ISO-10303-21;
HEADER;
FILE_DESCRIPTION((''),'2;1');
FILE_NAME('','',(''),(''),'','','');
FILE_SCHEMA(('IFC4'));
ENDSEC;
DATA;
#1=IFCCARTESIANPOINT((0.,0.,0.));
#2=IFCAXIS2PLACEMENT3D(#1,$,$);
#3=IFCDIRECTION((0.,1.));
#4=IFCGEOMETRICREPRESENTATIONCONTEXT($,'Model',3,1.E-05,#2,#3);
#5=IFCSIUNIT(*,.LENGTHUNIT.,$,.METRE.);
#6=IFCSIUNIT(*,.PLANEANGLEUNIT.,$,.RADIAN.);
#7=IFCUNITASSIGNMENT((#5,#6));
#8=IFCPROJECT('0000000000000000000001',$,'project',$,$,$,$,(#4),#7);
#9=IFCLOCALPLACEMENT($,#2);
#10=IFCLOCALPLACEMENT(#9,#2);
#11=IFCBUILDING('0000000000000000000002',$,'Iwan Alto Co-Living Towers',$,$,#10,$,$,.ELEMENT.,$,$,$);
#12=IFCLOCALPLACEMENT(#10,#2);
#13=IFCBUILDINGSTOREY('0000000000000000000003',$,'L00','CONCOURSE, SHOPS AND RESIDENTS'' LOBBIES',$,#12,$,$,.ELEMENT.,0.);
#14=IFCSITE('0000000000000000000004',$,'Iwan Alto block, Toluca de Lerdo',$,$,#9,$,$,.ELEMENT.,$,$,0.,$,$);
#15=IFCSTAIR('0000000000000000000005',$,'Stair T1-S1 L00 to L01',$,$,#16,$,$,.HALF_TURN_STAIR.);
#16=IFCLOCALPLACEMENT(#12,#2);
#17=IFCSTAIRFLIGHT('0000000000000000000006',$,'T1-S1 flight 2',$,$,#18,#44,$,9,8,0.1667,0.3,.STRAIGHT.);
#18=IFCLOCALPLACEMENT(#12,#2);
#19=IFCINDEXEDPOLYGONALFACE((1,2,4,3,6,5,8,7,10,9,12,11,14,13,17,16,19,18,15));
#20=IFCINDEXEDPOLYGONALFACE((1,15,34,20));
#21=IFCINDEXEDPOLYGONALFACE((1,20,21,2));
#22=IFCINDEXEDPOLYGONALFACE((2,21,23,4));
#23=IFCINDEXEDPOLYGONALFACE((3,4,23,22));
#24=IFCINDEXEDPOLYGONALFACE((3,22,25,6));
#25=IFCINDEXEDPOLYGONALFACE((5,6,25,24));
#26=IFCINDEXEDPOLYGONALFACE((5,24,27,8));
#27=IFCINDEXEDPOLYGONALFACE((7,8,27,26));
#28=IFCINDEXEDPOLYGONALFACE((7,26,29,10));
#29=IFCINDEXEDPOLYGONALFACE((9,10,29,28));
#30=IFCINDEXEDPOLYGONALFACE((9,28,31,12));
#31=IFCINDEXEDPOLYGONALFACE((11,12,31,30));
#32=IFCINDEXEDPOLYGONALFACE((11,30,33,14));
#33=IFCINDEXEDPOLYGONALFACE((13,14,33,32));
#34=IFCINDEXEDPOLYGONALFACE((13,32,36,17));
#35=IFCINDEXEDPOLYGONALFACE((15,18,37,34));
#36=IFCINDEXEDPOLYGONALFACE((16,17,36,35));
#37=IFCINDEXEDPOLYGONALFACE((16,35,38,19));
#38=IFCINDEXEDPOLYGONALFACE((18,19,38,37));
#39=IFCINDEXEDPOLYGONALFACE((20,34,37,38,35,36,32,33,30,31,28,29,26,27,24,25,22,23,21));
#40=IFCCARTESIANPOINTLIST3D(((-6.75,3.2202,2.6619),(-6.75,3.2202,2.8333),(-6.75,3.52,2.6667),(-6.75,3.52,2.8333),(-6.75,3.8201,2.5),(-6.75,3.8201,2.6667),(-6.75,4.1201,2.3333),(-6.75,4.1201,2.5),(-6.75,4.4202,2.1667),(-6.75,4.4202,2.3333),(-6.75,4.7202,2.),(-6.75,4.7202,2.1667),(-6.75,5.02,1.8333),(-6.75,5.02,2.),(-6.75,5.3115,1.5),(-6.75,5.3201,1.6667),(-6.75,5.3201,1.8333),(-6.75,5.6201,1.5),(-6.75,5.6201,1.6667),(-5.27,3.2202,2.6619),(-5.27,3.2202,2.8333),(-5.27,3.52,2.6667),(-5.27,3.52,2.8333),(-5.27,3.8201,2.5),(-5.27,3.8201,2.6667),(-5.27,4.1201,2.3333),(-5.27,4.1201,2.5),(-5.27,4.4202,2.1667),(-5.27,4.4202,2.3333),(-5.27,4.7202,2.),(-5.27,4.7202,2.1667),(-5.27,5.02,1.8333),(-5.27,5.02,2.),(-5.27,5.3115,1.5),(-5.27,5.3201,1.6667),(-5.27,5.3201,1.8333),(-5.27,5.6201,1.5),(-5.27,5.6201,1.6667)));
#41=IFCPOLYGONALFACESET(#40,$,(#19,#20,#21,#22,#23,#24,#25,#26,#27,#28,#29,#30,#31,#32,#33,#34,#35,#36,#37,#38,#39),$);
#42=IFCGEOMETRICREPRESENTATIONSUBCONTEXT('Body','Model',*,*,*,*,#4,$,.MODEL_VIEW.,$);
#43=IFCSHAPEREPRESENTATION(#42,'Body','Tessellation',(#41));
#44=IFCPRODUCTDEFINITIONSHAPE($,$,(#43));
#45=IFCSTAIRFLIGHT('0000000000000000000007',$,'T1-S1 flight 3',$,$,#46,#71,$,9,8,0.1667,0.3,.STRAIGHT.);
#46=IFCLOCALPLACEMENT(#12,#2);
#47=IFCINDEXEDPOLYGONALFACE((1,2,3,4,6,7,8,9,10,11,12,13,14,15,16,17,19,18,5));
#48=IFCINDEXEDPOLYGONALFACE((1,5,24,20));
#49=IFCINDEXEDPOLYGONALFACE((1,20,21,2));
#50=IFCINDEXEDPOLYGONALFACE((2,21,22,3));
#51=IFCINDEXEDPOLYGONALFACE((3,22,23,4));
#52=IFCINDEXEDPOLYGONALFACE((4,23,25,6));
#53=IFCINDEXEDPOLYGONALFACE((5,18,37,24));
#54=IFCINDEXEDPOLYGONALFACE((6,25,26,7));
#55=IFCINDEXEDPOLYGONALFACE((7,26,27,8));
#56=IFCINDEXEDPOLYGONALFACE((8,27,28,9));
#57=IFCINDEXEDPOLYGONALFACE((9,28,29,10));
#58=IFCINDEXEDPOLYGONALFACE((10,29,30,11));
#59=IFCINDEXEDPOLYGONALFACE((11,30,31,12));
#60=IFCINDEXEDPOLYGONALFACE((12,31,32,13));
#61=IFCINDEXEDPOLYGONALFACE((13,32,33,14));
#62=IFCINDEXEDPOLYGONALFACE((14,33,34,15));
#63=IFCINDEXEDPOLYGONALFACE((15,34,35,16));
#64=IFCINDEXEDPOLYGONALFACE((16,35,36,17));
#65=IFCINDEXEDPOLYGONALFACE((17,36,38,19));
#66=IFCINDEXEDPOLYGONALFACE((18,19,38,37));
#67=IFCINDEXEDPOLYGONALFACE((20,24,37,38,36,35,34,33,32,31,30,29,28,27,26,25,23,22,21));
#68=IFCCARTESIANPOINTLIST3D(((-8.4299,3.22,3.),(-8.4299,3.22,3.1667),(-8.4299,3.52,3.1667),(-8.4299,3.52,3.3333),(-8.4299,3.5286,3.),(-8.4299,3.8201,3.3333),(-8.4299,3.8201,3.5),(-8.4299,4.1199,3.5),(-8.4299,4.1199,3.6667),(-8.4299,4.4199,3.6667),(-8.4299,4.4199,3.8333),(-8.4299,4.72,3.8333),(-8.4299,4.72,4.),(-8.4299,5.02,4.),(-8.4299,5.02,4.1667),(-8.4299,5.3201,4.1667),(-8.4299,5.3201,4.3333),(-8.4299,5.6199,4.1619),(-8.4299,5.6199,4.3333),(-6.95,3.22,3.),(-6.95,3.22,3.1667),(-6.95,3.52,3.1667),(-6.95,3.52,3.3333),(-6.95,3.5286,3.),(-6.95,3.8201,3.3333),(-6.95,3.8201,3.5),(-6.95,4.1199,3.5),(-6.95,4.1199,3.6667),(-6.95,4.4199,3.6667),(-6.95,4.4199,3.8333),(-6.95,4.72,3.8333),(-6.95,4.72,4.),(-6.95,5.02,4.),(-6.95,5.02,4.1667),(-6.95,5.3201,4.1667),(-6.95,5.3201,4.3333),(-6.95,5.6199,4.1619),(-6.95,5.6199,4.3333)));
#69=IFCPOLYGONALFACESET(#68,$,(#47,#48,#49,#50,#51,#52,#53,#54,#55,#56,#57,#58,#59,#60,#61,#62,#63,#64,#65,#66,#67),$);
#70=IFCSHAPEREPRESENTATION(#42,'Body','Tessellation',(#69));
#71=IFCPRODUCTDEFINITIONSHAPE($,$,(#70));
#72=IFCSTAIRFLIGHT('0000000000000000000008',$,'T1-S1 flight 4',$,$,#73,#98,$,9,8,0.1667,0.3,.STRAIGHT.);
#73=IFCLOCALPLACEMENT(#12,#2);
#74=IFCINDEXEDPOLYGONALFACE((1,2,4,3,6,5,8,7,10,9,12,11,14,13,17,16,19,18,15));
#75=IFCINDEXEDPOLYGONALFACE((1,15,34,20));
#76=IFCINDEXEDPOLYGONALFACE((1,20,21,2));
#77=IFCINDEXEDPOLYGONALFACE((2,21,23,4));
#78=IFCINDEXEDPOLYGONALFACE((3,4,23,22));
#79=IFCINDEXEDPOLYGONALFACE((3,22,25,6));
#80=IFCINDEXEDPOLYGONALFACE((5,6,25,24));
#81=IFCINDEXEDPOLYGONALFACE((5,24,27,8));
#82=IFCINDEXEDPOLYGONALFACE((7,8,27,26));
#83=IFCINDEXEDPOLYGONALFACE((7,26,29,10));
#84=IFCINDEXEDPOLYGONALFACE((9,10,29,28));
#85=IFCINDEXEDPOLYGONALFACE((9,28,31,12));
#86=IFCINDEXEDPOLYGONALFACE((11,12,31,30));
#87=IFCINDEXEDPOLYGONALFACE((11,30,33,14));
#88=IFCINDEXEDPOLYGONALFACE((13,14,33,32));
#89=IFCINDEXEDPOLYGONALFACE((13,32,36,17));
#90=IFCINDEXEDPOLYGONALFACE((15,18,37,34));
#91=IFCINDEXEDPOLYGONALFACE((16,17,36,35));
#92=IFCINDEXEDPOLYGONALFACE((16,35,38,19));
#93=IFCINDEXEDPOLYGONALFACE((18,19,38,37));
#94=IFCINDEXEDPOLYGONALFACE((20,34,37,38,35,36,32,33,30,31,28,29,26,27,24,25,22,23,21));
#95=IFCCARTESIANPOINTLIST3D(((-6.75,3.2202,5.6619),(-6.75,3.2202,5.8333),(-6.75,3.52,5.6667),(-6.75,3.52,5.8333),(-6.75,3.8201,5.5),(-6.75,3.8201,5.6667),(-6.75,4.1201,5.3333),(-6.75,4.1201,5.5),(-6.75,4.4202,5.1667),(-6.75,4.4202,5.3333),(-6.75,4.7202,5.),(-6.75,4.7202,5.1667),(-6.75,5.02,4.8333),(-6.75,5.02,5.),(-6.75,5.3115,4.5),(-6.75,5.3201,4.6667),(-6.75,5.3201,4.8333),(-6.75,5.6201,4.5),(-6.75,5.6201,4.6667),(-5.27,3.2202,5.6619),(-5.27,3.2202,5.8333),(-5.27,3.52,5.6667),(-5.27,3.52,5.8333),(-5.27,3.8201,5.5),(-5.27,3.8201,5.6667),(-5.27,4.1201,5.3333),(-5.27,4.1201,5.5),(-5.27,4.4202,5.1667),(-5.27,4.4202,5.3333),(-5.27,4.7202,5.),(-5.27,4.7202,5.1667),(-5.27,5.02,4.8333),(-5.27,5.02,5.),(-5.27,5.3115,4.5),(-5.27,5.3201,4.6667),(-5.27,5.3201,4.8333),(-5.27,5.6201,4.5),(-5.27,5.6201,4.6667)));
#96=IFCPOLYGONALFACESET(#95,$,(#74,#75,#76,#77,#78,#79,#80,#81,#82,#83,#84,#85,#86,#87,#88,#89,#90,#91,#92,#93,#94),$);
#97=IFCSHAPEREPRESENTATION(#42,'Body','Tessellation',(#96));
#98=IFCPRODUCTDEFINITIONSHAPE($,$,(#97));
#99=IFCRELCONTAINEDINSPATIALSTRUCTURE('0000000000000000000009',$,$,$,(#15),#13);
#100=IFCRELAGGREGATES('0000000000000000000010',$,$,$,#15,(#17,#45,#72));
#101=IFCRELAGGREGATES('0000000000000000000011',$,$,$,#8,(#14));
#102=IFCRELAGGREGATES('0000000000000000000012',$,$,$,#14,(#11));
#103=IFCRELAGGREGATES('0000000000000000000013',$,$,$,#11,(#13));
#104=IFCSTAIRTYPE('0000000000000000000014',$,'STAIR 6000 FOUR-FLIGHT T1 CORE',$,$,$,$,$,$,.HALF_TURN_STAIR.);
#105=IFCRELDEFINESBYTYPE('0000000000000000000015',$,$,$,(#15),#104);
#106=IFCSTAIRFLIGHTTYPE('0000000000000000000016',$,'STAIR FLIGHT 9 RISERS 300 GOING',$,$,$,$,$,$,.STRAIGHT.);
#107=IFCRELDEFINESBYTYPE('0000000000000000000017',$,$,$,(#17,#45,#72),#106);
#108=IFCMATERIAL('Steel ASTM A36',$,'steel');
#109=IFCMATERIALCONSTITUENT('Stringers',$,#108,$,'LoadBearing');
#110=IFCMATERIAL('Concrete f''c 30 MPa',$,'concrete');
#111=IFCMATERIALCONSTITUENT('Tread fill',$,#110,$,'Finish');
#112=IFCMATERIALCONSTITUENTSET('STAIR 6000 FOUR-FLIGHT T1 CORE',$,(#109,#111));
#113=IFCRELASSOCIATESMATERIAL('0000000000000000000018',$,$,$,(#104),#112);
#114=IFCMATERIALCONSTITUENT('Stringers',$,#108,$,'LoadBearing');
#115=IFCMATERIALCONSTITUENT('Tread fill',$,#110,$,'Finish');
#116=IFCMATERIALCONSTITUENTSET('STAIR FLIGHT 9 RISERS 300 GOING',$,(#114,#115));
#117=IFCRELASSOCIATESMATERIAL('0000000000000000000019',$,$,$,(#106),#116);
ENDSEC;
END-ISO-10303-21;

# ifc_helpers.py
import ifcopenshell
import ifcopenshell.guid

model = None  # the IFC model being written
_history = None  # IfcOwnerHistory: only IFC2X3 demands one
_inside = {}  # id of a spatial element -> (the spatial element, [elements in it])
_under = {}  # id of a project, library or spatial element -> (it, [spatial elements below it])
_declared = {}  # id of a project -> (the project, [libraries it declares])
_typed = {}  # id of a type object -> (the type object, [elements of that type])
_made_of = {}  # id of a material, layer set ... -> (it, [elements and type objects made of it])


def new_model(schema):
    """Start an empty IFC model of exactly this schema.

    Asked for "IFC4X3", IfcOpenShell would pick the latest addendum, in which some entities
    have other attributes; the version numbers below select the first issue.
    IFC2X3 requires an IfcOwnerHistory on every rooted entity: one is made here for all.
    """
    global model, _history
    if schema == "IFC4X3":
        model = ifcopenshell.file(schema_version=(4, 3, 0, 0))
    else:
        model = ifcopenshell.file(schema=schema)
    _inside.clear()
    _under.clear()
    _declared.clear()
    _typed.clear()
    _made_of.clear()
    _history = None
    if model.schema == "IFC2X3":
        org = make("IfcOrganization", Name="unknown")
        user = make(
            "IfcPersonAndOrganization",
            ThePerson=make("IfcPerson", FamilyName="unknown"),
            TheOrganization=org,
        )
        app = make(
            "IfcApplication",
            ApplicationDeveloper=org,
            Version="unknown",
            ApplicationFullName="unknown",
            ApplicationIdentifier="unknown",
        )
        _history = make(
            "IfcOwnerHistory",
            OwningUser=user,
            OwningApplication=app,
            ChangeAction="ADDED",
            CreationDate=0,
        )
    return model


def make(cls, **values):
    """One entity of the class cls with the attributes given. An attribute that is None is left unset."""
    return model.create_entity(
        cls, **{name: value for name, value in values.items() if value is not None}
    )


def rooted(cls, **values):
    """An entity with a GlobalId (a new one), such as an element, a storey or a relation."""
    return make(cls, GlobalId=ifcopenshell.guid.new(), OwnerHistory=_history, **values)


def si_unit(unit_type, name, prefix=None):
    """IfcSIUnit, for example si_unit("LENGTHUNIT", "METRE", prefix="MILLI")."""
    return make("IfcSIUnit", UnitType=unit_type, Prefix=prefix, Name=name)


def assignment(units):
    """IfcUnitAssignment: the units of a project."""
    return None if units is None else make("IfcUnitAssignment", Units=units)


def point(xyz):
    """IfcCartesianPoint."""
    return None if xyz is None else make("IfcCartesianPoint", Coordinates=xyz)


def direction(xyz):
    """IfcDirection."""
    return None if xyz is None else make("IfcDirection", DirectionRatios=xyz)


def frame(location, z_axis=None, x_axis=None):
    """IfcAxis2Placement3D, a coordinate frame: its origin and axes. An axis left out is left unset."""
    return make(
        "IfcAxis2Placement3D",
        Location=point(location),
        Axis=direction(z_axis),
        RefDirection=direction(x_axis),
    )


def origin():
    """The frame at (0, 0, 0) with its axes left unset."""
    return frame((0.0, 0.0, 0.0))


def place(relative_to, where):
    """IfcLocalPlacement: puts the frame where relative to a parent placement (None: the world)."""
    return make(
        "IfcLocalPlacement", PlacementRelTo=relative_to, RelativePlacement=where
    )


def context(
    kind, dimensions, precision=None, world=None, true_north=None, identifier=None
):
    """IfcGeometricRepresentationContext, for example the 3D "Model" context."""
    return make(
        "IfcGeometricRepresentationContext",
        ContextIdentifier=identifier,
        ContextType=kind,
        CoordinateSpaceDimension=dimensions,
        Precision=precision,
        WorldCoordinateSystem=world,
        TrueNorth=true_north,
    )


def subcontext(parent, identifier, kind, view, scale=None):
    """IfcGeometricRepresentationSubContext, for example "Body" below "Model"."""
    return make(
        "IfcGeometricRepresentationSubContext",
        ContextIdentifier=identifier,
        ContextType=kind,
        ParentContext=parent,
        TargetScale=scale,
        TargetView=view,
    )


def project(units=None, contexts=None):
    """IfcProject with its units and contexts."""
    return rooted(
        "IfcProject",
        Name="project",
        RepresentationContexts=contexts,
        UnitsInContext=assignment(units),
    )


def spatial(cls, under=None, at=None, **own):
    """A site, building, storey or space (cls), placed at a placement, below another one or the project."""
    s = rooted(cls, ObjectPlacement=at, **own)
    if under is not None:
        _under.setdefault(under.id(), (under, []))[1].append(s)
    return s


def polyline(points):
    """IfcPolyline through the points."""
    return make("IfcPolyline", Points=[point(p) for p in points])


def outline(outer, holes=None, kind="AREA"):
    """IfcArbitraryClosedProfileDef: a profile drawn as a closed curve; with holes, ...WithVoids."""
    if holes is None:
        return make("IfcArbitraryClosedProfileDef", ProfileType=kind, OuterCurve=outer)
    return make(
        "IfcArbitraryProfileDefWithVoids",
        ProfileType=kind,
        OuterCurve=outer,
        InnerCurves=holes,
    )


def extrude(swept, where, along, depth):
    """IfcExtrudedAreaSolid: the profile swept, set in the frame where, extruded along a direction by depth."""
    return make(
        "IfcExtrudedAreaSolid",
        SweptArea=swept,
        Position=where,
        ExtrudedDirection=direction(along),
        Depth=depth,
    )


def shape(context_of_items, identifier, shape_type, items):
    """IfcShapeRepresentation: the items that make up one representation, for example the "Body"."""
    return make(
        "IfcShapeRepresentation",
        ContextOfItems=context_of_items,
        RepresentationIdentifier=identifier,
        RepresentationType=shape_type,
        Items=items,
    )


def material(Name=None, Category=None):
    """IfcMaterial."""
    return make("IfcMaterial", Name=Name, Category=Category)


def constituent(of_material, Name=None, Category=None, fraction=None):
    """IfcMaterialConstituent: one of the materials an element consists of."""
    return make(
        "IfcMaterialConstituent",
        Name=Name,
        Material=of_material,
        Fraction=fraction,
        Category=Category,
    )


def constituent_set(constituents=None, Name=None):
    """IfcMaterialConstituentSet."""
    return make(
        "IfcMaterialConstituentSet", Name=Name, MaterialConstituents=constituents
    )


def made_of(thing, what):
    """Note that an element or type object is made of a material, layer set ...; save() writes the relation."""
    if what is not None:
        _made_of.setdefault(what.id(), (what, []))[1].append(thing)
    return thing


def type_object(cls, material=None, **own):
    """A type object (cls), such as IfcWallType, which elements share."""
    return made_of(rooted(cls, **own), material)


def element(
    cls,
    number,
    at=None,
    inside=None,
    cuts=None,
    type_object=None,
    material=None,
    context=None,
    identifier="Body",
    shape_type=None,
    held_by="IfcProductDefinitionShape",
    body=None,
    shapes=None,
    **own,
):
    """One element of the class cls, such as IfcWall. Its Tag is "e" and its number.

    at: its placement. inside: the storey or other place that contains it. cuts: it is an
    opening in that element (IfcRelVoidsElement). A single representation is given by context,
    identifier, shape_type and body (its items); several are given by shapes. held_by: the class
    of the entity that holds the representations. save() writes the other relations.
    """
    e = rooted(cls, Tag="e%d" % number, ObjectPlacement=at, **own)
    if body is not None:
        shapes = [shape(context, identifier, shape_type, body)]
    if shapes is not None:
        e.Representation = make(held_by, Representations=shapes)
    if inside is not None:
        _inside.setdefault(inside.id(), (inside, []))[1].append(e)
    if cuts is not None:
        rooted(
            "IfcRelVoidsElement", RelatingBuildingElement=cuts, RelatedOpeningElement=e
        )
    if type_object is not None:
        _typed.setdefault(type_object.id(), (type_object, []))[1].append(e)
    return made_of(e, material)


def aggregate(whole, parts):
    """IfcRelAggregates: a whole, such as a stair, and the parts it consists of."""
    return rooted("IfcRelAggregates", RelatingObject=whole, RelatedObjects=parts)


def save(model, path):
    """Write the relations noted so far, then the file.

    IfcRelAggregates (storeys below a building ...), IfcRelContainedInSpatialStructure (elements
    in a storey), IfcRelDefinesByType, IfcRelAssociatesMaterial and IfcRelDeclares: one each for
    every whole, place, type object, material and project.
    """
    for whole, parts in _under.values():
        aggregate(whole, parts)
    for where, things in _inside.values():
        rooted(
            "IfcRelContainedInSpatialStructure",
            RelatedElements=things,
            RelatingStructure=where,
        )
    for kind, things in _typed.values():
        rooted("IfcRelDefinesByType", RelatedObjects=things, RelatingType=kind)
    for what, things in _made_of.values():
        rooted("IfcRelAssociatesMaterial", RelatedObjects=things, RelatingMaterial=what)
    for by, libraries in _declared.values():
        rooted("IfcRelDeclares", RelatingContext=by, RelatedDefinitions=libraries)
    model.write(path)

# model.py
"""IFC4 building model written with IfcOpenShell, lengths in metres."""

from ifc_helpers import new_model, si_unit, direction, frame, origin, place, context, subcontext, project, spatial, polyline, outline, extrude, material, constituent, constituent_set, type_object, element, aggregate, save


model = new_model("IFC4")

# Units and contexts
model_context = context("Model", 3, precision=1e-05, world=origin(), true_north=direction((0.0, 1.0)))
body_context = subcontext(model_context, "Body", "Model", "MODEL_VIEW")
ifc_project = project(units=[si_unit("LENGTHUNIT", "METRE"), si_unit("PLANEANGLEUNIT", "RADIAN")], contexts=[model_context])

# Site, building, storey
site_placement = place(None, origin())
site = spatial("IfcSite", under=ifc_project, at=site_placement, Name="Iwan Alto block, Toluca de Lerdo", CompositionType="ELEMENT", RefElevation=0.0)
building_placement = place(site_placement, origin())
building = spatial("IfcBuilding", under=site, at=building_placement, Name="Iwan Alto Co-Living Towers", CompositionType="ELEMENT")
storey_placement = place(building_placement, origin())
storey = spatial("IfcBuildingStorey", under=building, at=storey_placement, Name="L00", Description="CONCOURSE, SHOPS AND RESIDENTS' LOBBIES", CompositionType="ELEMENT", Elevation=0.0)

# Stair, stair flights
ifc_material_1 = material(Name="Steel ASTM A36", Category="steel")
ifc_constituent_1 = constituent(ifc_material_1, Name="Stringers", Category="LoadBearing")
ifc_material_2 = material(Name="Concrete f'c 30 MPa", Category="concrete")
ifc_constituent_2 = constituent(ifc_material_2, Name="Tread fill", Category="Finish")
ifc_constituent_set_1 = constituent_set(constituents=[ifc_constituent_1, ifc_constituent_2], Name="STAIR 6000 FOUR-FLIGHT T1 CORE")
stair_type = type_object("IfcStairType", Name="STAIR 6000 FOUR-FLIGHT T1 CORE", PredefinedType="HALF_TURN_STAIR", material=ifc_constituent_set_1)
stair_placement = place(storey_placement, origin())
stair = element("IfcStair", 1, at=stair_placement, inside=storey, type_object=stair_type, Name="Stair T1-S1 L00 to L01", PredefinedType="HALF_TURN_STAIR")
ifc_constituent_3 = constituent(ifc_material_1, Name="Stringers", Category="LoadBearing")
ifc_constituent_4 = constituent(ifc_material_2, Name="Tread fill", Category="Finish")
ifc_constituent_set_2 = constituent_set(constituents=[ifc_constituent_3, ifc_constituent_4], Name="STAIR FLIGHT 9 RISERS 300 GOING")
stair_flight_type = type_object("IfcStairFlightType", Name="STAIR FLIGHT 9 RISERS 300 GOING", PredefinedType="STRAIGHT", material=ifc_constituent_set_2)
stair_flight_1_placement = place(storey_placement, frame((-6.01, 5.6201, 1.5), z_axis=(0.0, 0.0, 1.0), x_axis=(0.0, -1.0, 0.0)))
stair_flight_1 = element("IfcStairFlight", 2, at=stair_flight_1_placement, type_object=stair_flight_type, Name="T1-S1 flight 2", NumberOfRisers=9, NumberOfTreads=8, PredefinedType="STRAIGHT", RiserHeight=0.1667, TreadLength=0.3, context=body_context, shape_type="SweptSolid", body=[
    extrude(outline(polyline([(0.0, 0.0), (0.0, 0.1667), (0.3, 0.1667), (0.3, 0.3333), (0.6001, 0.3333), (0.6001, 0.5), (0.8999, 0.5), (0.8999, 0.6667), (1.2, 0.6667), (1.2, 0.8333), (1.5, 0.8333), (1.5, 1.0), (1.8, 1.0), (1.8, 1.1667), (2.1001, 1.1667), (2.1001, 1.3333), (2.3999, 1.3333), (2.3999, 1.5), (2.3999, 1.1619), (0.3086, 0.0), (0.0, 0.0)])), frame((0.0, 0.74, 0.0), z_axis=(0.0, -1.0, 0.0), x_axis=(1.0, 0.0, 0.0)), (0.0, 0.0, 1.0), 1.48),
])
stair_flight_2_placement = place(storey_placement, frame((-7.6899, 3.22, 3.0), z_axis=(0.0, 0.0, 1.0), x_axis=(0.0, 1.0, 0.0)))
stair_flight_2 = element("IfcStairFlight", 3, at=stair_flight_2_placement, type_object=stair_flight_type, Name="T1-S1 flight 3", NumberOfRisers=9, NumberOfTreads=8, PredefinedType="STRAIGHT", RiserHeight=0.1667, TreadLength=0.3, context=body_context, shape_type="SweptSolid", body=[
    extrude(outline(polyline([(0.0, 0.0), (0.0, 0.1667), (0.3, 0.1667), (0.3, 0.3333), (0.6001, 0.3333), (0.6001, 0.5), (0.8999, 0.5), (0.8999, 0.6667), (1.2, 0.6667), (1.2, 0.8333), (1.5, 0.8333), (1.5, 1.0), (1.8, 1.0), (1.8, 1.1667), (2.1001, 1.1667), (2.1001, 1.3333), (2.3999, 1.3333), (2.3999, 1.5), (2.3999, 1.1619), (0.3086, 0.0), (0.0, 0.0)])), frame((0.0, 0.74, 0.0), z_axis=(0.0, -1.0, 0.0), x_axis=(1.0, 0.0, 0.0)), (0.0, 0.0, 1.0), 1.48),
])
stair_flight_3_placement = place(storey_placement, frame((-6.01, 5.6201, 4.5), z_axis=(0.0, 0.0, 1.0), x_axis=(0.0, -1.0, 0.0)))
stair_flight_3 = element("IfcStairFlight", 4, at=stair_flight_3_placement, type_object=stair_flight_type, Name="T1-S1 flight 4", NumberOfRisers=9, NumberOfTreads=8, PredefinedType="STRAIGHT", RiserHeight=0.1667, TreadLength=0.3, context=body_context, shape_type="SweptSolid", body=[
    extrude(outline(polyline([(0.0, 0.0), (0.0, 0.1667), (0.3, 0.1667), (0.3, 0.3333), (0.6001, 0.3333), (0.6001, 0.5), (0.8999, 0.5), (0.8999, 0.6667), (1.2, 0.6667), (1.2, 0.8333), (1.5, 0.8333), (1.5, 1.0), (1.8, 1.0), (1.8, 1.1667), (2.1001, 1.1667), (2.1001, 1.3333), (2.3999, 1.3333), (2.3999, 1.5), (2.3999, 1.1619), (0.3086, 0.0), (0.0, 0.0)])), frame((0.0, 0.74, 0.0), z_axis=(0.0, -1.0, 0.0), x_axis=(1.0, 0.0, 0.0)), (0.0, 0.0, 1.0), 1.48),
])
aggregate(stair, [stair_flight_1, stair_flight_2, stair_flight_3])

save(model, "model.ifc")
